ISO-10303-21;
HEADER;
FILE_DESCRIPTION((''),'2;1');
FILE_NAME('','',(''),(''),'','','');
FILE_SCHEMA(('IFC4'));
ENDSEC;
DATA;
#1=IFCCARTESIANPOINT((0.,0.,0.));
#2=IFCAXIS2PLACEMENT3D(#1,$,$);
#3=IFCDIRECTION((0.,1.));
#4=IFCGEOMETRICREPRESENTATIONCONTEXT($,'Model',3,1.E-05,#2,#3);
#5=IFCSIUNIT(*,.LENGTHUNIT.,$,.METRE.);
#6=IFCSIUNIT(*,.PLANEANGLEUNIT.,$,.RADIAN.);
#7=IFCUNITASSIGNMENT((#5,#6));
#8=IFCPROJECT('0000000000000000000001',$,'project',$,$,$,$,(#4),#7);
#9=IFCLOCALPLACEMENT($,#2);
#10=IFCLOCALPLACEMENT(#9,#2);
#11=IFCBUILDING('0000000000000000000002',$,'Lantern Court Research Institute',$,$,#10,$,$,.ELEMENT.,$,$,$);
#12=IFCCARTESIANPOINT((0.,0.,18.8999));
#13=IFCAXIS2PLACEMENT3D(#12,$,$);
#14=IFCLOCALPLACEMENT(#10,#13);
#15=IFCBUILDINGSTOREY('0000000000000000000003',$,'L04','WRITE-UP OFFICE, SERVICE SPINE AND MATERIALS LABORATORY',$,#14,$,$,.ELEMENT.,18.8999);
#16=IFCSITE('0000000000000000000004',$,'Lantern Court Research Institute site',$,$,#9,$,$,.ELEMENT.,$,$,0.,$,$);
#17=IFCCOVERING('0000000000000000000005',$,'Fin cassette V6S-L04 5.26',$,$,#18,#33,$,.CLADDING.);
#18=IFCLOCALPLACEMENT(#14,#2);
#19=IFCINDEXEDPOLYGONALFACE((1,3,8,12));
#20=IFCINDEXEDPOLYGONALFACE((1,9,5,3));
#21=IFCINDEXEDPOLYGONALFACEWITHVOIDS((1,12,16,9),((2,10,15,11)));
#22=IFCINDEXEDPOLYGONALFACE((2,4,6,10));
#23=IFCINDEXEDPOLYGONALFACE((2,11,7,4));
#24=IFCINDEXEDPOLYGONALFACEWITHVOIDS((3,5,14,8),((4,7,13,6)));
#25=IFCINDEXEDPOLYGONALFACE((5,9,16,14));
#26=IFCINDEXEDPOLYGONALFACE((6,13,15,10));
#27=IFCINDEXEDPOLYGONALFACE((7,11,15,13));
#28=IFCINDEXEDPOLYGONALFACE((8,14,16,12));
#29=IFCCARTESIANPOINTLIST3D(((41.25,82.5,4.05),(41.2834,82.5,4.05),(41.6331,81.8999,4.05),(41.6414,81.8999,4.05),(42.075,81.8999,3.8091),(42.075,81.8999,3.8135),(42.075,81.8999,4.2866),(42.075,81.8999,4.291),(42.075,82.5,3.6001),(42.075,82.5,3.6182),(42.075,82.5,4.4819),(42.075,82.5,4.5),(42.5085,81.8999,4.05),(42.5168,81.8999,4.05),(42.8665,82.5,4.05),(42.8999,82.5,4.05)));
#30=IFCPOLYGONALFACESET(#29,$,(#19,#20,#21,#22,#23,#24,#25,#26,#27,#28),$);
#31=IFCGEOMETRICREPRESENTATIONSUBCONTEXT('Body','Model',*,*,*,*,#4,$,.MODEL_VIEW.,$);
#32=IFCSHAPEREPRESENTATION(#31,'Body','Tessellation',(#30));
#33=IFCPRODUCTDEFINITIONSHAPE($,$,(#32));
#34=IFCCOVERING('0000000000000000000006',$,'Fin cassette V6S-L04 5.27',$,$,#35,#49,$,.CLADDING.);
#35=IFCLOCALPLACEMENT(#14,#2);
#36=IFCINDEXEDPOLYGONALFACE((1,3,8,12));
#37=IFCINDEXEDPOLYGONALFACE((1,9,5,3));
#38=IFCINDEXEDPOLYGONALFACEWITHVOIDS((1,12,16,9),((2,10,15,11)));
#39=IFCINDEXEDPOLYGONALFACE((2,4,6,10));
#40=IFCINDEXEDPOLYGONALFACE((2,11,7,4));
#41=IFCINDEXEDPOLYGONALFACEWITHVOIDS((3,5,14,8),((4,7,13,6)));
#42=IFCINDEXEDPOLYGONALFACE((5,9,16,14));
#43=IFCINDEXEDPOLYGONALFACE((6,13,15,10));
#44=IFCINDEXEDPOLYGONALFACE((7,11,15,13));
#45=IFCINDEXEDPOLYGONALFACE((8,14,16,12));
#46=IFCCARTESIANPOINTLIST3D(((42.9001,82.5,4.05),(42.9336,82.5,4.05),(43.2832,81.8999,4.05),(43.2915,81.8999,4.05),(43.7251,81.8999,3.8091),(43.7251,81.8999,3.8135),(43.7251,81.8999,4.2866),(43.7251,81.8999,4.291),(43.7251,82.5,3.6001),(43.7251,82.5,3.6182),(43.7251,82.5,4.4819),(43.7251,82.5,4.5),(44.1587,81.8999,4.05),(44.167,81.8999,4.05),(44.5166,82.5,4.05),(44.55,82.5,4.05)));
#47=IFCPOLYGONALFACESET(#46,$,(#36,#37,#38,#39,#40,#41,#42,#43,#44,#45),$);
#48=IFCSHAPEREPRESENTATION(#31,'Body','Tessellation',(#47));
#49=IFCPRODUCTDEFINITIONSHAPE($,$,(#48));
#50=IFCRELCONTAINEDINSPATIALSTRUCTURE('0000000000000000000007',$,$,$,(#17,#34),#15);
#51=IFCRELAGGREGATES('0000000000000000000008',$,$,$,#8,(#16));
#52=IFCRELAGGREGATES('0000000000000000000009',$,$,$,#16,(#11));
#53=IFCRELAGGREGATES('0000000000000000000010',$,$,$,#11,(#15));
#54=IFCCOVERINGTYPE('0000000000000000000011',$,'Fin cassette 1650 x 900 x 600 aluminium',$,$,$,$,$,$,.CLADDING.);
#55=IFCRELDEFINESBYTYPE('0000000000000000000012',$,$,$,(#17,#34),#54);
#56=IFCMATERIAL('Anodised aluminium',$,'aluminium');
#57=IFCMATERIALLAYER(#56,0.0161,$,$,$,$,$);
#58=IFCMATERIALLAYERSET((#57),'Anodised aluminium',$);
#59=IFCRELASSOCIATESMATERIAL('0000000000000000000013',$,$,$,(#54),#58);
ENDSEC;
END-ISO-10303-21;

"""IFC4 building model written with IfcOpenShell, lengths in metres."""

from ifc_helpers import new_model, entity, si_unit, direction, frame, origin, place, context, subcontext, project, spatial, material, layer, layer_set, type_object, element, save


model = new_model("IFC4")

# Units and contexts
model_context = context("Model", 3, precision=1e-05, world=origin(), true_north=direction((0.0, 1.0)))
body_context = subcontext(model_context, "Body", "Model", "MODEL_VIEW")
ifc_project = project(units=[si_unit("LENGTHUNIT", "METRE"), si_unit("PLANEANGLEUNIT", "RADIAN")], contexts=[model_context])

# Site, building, storey
site_placement = place(None, origin())
site = spatial("IfcSite", under=ifc_project, at=site_placement, Name="Lantern Court Research Institute site", CompositionType="ELEMENT", RefElevation=0.0)
building_placement = place(site_placement, origin())
building = spatial("IfcBuilding", under=site, at=building_placement, Name="Lantern Court Research Institute", CompositionType="ELEMENT")
storey_placement = place(building_placement, frame((0.0, 0.0, 18.8999)))
storey = spatial("IfcBuildingStorey", under=building, at=storey_placement, Name="L04", Description="WRITE-UP OFFICE, SERVICE SPINE AND MATERIALS LABORATORY", CompositionType="ELEMENT", Elevation=18.8999)

# Coverings
ifc_material_1 = material(Name="Anodised aluminium", Category="aluminium")
ifc_layer_1 = layer(ifc_material_1, 0.0161)
ifc_layer_set_1 = layer_set([ifc_layer_1], Name="Anodised aluminium")
covering_type = type_object("IfcCoveringType", Name="Fin cassette 1650 x 900 x 600 aluminium", PredefinedType="CLADDING", material=ifc_layer_set_1)
covering_1_placement = place(storey_placement, frame((42.075, 82.5, 4.05), z_axis=(0.0, -1.0, 0.0), x_axis=(1.0, 0.0, 0.0)))
cartesian_point_1 = entity("IfcCartesianPoint", [0.825, 0.0])
cartesian_point_2 = entity("IfcCartesianPoint", [0.7915, 0.0])
cartesian_point_3 = entity("IfcCartesianPoint", [0.4419, 0.0])
cartesian_point_4 = entity("IfcCartesianPoint", [0.4336, 0.0])
element("IfcCovering", 1, at=covering_1_placement, inside=storey, type_object=covering_type, Name="Fin cassette V6S-L04 5.26", PredefinedType="CLADDING", context=body_context, shape_type="SweptSolid", body=[
    entity("IfcExtrudedAreaSolidTapered", entity("IfcArbitraryProfileDefWithVoids", "AREA", None, entity("IfcPolyline", [cartesian_point_1, entity("IfcCartesianPoint", [0.0, 0.45]), entity("IfcCartesianPoint", [-0.825, 0.0]), entity("IfcCartesianPoint", [0.0, -0.45]), cartesian_point_1]), [entity("IfcPolyline", [cartesian_point_2, entity("IfcCartesianPoint", [0.0, 0.4319]), entity("IfcCartesianPoint", [-0.7915, 0.0]), entity("IfcCartesianPoint", [0.0, -0.4319]), cartesian_point_2])]), entity("IfcAxis2Placement3D", entity("IfcCartesianPoint", [0.0, 0.0, 0.0])), entity("IfcDirection", [0.0, 0.0, 1.0]), 0.6001, entity("IfcArbitraryProfileDefWithVoids", "AREA", None, entity("IfcPolyline", [cartesian_point_3, entity("IfcCartesianPoint", [0.0, 0.241]), entity("IfcCartesianPoint", [-0.4419, 0.0]), entity("IfcCartesianPoint", [0.0, -0.241]), cartesian_point_3]), [entity("IfcPolyline", [cartesian_point_4, entity("IfcCartesianPoint", [0.0, 0.2366]), entity("IfcCartesianPoint", [-0.4336, 0.0]), entity("IfcCartesianPoint", [0.0, -0.2366]), cartesian_point_4])])),
])
covering_2_placement = place(storey_placement, frame((43.7251, 82.5, 4.05), z_axis=(0.0, -1.0, 0.0), x_axis=(1.0, 0.0, 0.0)))
cartesian_point_5 = entity("IfcCartesianPoint", [0.825, 0.0])
cartesian_point_6 = entity("IfcCartesianPoint", [0.7915, 0.0])
cartesian_point_7 = entity("IfcCartesianPoint", [0.4419, 0.0])
cartesian_point_8 = entity("IfcCartesianPoint", [0.4336, 0.0])
element("IfcCovering", 2, at=covering_2_placement, inside=storey, type_object=covering_type, Name="Fin cassette V6S-L04 5.27", PredefinedType="CLADDING", context=body_context, shape_type="SweptSolid", body=[
    entity("IfcExtrudedAreaSolidTapered", entity("IfcArbitraryProfileDefWithVoids", "AREA", None, entity("IfcPolyline", [cartesian_point_5, entity("IfcCartesianPoint", [0.0, 0.45]), entity("IfcCartesianPoint", [-0.825, 0.0]), entity("IfcCartesianPoint", [0.0, -0.45]), cartesian_point_5]), [entity("IfcPolyline", [cartesian_point_6, entity("IfcCartesianPoint", [0.0, 0.4319]), entity("IfcCartesianPoint", [-0.7915, 0.0]), entity("IfcCartesianPoint", [0.0, -0.4319]), cartesian_point_6])]), entity("IfcAxis2Placement3D", entity("IfcCartesianPoint", [0.0, 0.0, 0.0])), entity("IfcDirection", [0.0, 0.0, 1.0]), 0.6001, entity("IfcArbitraryProfileDefWithVoids", "AREA", None, entity("IfcPolyline", [cartesian_point_7, entity("IfcCartesianPoint", [0.0, 0.241]), entity("IfcCartesianPoint", [-0.4419, 0.0]), entity("IfcCartesianPoint", [0.0, -0.241]), cartesian_point_7]), [entity("IfcPolyline", [cartesian_point_8, entity("IfcCartesianPoint", [0.0, 0.2366]), entity("IfcCartesianPoint", [-0.4336, 0.0]), entity("IfcCartesianPoint", [0.0, -0.2366]), cartesian_point_8])])),
])

save(model, "model.ifc")
